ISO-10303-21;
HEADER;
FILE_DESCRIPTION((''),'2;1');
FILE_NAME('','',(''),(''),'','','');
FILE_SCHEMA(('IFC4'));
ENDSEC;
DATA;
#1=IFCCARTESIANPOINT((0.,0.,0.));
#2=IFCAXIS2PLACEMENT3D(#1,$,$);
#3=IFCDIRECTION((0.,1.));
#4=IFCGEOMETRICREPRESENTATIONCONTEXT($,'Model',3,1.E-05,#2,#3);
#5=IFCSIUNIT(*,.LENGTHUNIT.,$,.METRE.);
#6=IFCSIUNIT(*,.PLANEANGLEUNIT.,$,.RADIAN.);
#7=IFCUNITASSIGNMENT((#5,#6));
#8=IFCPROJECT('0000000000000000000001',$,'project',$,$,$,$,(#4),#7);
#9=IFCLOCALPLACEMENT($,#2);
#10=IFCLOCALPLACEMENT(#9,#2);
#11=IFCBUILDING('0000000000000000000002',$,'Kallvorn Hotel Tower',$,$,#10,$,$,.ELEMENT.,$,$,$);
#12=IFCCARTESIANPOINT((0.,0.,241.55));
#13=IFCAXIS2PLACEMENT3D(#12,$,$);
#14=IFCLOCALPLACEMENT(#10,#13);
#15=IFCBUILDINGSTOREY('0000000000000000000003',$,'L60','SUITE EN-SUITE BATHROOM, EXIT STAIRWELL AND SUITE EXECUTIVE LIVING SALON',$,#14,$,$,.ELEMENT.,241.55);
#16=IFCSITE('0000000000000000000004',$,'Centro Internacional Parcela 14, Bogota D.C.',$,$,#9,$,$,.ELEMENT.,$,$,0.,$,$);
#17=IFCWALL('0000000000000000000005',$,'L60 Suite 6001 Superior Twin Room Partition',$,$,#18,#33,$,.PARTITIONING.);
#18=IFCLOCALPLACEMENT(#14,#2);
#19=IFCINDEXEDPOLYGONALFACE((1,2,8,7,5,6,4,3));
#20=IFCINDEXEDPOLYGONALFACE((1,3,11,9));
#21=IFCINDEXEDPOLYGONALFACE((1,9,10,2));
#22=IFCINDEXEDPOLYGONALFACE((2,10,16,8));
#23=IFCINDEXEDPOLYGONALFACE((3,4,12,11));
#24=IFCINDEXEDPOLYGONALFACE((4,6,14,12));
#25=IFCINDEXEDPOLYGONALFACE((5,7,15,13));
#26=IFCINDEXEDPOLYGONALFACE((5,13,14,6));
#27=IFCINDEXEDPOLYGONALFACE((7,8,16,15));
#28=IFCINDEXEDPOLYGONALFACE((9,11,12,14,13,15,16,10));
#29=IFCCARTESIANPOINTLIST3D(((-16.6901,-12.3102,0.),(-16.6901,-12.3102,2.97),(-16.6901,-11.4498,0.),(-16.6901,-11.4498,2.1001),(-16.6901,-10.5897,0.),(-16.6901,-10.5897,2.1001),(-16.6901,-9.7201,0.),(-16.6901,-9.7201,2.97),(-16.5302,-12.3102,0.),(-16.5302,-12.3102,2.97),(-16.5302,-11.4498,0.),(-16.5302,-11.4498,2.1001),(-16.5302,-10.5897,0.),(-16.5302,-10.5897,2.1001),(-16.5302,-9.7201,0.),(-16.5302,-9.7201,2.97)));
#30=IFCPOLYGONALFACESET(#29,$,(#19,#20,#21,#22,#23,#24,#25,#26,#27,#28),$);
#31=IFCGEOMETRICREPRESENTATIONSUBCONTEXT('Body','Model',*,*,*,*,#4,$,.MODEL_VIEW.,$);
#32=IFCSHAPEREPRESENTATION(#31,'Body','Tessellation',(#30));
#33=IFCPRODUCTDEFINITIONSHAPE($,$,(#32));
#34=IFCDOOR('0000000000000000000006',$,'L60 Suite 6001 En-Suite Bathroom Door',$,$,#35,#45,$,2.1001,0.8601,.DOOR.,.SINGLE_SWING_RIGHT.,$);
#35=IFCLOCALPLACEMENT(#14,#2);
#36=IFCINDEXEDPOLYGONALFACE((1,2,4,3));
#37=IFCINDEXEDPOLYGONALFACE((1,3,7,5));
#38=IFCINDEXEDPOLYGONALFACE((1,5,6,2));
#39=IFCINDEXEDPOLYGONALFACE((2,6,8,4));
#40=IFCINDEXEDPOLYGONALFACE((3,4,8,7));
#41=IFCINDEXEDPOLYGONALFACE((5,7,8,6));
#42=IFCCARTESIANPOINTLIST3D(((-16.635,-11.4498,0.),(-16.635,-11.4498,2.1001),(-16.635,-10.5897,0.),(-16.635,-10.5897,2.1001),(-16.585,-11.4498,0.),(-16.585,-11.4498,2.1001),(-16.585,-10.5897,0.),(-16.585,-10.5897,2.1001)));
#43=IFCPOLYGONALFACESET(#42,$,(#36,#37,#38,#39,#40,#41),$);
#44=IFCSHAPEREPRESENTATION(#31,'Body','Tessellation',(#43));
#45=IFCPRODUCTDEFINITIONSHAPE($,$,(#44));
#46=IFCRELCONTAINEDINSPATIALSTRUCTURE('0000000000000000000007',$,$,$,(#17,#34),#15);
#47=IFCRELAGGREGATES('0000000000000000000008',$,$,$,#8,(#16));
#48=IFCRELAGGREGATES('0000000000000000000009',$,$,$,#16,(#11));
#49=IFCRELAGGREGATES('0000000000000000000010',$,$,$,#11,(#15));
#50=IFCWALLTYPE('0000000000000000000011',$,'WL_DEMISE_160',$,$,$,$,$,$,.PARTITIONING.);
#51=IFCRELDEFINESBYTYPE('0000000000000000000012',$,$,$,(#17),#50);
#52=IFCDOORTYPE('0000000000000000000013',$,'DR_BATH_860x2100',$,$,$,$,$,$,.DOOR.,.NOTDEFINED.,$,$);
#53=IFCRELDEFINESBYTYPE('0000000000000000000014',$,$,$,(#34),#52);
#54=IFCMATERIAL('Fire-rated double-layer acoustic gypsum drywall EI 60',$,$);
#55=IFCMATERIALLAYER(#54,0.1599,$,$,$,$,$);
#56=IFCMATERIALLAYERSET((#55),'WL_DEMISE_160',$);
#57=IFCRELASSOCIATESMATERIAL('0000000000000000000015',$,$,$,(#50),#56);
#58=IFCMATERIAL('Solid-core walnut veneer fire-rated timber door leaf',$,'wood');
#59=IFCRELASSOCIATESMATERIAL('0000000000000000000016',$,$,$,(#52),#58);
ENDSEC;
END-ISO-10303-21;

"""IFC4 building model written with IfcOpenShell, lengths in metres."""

from ifc_helpers import new_model, si_unit, direction, frame, frame_2d, origin, place, context, subcontext, project, spatial, rectangle, extrude, material, layer, layer_set, type_object, element, fill, save


model = new_model("IFC4")

# Units and contexts
model_context = context("Model", 3, precision=1e-05, world=origin(), true_north=direction((0.0, 1.0)))
body_context = subcontext(model_context, "Body", "Model", "MODEL_VIEW")
ifc_project = project(units=[si_unit("LENGTHUNIT", "METRE"), si_unit("PLANEANGLEUNIT", "RADIAN")], contexts=[model_context])

# Site, building, storey
site_placement = place(None, origin())
site = spatial("IfcSite", under=ifc_project, at=site_placement, Name="Centro Internacional Parcela 14, Bogota D.C.", CompositionType="ELEMENT", RefElevation=0.0)
building_placement = place(site_placement, origin())
building = spatial("IfcBuilding", under=site, at=building_placement, Name="Kallvorn Hotel Tower", CompositionType="ELEMENT")
storey_placement = place(building_placement, frame((0.0, 0.0, 241.55)))
storey = spatial("IfcBuildingStorey", under=building, at=storey_placement, Name="L60", Description="SUITE EN-SUITE BATHROOM, EXIT STAIRWELL AND SUITE EXECUTIVE LIVING SALON", CompositionType="ELEMENT", Elevation=241.55)

# Shared definitions
ifc_material_1 = material(Name="Fire-rated double-layer acoustic gypsum drywall EI 60")
ifc_layer = layer(ifc_material_1, 0.1599)
ifc_layer_set = layer_set([ifc_layer], Name="WL_DEMISE_160")
wall_type = type_object("IfcWallType", Name="WL_DEMISE_160", PredefinedType="PARTITIONING", material=ifc_layer_set)

# Wall, opening, door
wall_1_placement = place(storey_placement, frame((-16.6101, -12.3101, 0.0), z_axis=(0.0, 0.0, 1.0), x_axis=(0.0, 1.0, 0.0)))
wall_1 = element("IfcWall", 1, at=wall_1_placement, inside=storey, type_object=wall_type, Name="L60 Suite 6001 Superior Twin Room Partition", PredefinedType="PARTITIONING", context=body_context, shape_type="SweptSolid", body=[
    extrude(rectangle(XDim=2.5901, YDim=0.1599, at=frame_2d((1.2949, 0.0))), origin(), (0.0, 0.0, 1.0), 2.97),
])
opening_1_placement = place(wall_1_placement, frame((0.8601, 0.0, 0.0)))
opening_1 = element("IfcOpeningElement", 2, at=opening_1_placement, cuts=wall_1, PredefinedType="OPENING", context=body_context, shape_type="SweptSolid", body=[
    extrude(rectangle(XDim=0.8601, YDim=2.1001, at=frame_2d((0.4302, 1.05))), frame((0.0, 0.095, 0.0), z_axis=(0.0, -1.0, 0.0), x_axis=(1.0, 0.0, 0.0)), (0.0, 0.0, 1.0), 0.1899),
])
ifc_material_2 = material(Name="Solid-core walnut veneer fire-rated timber door leaf", Category="wood")
door_type_1 = type_object("IfcDoorType", Name="DR_BATH_860x2100", OperationType="NOTDEFINED", PredefinedType="DOOR", material=ifc_material_2)
door_1_placement = place(opening_1_placement, origin())
door_1 = element("IfcDoor", 3, at=door_1_placement, inside=storey, type_object=door_type_1, Name="L60 Suite 6001 En-Suite Bathroom Door", OperationType="SINGLE_SWING_RIGHT", OverallHeight=2.1001, OverallWidth=0.8601, PredefinedType="DOOR", context=body_context, shape_type="SweptSolid", body=[
    extrude(rectangle(XDim=0.8601, YDim=2.1001, at=frame_2d((0.4302, 1.05))), frame((0.0, 0.0249, 0.0), z_axis=(0.0, -1.0, 0.0), x_axis=(1.0, 0.0, 0.0)), (0.0, 0.0, 1.0), 0.05),
])
fill(opening_1, door_1)

save(model, "model.ifc")
